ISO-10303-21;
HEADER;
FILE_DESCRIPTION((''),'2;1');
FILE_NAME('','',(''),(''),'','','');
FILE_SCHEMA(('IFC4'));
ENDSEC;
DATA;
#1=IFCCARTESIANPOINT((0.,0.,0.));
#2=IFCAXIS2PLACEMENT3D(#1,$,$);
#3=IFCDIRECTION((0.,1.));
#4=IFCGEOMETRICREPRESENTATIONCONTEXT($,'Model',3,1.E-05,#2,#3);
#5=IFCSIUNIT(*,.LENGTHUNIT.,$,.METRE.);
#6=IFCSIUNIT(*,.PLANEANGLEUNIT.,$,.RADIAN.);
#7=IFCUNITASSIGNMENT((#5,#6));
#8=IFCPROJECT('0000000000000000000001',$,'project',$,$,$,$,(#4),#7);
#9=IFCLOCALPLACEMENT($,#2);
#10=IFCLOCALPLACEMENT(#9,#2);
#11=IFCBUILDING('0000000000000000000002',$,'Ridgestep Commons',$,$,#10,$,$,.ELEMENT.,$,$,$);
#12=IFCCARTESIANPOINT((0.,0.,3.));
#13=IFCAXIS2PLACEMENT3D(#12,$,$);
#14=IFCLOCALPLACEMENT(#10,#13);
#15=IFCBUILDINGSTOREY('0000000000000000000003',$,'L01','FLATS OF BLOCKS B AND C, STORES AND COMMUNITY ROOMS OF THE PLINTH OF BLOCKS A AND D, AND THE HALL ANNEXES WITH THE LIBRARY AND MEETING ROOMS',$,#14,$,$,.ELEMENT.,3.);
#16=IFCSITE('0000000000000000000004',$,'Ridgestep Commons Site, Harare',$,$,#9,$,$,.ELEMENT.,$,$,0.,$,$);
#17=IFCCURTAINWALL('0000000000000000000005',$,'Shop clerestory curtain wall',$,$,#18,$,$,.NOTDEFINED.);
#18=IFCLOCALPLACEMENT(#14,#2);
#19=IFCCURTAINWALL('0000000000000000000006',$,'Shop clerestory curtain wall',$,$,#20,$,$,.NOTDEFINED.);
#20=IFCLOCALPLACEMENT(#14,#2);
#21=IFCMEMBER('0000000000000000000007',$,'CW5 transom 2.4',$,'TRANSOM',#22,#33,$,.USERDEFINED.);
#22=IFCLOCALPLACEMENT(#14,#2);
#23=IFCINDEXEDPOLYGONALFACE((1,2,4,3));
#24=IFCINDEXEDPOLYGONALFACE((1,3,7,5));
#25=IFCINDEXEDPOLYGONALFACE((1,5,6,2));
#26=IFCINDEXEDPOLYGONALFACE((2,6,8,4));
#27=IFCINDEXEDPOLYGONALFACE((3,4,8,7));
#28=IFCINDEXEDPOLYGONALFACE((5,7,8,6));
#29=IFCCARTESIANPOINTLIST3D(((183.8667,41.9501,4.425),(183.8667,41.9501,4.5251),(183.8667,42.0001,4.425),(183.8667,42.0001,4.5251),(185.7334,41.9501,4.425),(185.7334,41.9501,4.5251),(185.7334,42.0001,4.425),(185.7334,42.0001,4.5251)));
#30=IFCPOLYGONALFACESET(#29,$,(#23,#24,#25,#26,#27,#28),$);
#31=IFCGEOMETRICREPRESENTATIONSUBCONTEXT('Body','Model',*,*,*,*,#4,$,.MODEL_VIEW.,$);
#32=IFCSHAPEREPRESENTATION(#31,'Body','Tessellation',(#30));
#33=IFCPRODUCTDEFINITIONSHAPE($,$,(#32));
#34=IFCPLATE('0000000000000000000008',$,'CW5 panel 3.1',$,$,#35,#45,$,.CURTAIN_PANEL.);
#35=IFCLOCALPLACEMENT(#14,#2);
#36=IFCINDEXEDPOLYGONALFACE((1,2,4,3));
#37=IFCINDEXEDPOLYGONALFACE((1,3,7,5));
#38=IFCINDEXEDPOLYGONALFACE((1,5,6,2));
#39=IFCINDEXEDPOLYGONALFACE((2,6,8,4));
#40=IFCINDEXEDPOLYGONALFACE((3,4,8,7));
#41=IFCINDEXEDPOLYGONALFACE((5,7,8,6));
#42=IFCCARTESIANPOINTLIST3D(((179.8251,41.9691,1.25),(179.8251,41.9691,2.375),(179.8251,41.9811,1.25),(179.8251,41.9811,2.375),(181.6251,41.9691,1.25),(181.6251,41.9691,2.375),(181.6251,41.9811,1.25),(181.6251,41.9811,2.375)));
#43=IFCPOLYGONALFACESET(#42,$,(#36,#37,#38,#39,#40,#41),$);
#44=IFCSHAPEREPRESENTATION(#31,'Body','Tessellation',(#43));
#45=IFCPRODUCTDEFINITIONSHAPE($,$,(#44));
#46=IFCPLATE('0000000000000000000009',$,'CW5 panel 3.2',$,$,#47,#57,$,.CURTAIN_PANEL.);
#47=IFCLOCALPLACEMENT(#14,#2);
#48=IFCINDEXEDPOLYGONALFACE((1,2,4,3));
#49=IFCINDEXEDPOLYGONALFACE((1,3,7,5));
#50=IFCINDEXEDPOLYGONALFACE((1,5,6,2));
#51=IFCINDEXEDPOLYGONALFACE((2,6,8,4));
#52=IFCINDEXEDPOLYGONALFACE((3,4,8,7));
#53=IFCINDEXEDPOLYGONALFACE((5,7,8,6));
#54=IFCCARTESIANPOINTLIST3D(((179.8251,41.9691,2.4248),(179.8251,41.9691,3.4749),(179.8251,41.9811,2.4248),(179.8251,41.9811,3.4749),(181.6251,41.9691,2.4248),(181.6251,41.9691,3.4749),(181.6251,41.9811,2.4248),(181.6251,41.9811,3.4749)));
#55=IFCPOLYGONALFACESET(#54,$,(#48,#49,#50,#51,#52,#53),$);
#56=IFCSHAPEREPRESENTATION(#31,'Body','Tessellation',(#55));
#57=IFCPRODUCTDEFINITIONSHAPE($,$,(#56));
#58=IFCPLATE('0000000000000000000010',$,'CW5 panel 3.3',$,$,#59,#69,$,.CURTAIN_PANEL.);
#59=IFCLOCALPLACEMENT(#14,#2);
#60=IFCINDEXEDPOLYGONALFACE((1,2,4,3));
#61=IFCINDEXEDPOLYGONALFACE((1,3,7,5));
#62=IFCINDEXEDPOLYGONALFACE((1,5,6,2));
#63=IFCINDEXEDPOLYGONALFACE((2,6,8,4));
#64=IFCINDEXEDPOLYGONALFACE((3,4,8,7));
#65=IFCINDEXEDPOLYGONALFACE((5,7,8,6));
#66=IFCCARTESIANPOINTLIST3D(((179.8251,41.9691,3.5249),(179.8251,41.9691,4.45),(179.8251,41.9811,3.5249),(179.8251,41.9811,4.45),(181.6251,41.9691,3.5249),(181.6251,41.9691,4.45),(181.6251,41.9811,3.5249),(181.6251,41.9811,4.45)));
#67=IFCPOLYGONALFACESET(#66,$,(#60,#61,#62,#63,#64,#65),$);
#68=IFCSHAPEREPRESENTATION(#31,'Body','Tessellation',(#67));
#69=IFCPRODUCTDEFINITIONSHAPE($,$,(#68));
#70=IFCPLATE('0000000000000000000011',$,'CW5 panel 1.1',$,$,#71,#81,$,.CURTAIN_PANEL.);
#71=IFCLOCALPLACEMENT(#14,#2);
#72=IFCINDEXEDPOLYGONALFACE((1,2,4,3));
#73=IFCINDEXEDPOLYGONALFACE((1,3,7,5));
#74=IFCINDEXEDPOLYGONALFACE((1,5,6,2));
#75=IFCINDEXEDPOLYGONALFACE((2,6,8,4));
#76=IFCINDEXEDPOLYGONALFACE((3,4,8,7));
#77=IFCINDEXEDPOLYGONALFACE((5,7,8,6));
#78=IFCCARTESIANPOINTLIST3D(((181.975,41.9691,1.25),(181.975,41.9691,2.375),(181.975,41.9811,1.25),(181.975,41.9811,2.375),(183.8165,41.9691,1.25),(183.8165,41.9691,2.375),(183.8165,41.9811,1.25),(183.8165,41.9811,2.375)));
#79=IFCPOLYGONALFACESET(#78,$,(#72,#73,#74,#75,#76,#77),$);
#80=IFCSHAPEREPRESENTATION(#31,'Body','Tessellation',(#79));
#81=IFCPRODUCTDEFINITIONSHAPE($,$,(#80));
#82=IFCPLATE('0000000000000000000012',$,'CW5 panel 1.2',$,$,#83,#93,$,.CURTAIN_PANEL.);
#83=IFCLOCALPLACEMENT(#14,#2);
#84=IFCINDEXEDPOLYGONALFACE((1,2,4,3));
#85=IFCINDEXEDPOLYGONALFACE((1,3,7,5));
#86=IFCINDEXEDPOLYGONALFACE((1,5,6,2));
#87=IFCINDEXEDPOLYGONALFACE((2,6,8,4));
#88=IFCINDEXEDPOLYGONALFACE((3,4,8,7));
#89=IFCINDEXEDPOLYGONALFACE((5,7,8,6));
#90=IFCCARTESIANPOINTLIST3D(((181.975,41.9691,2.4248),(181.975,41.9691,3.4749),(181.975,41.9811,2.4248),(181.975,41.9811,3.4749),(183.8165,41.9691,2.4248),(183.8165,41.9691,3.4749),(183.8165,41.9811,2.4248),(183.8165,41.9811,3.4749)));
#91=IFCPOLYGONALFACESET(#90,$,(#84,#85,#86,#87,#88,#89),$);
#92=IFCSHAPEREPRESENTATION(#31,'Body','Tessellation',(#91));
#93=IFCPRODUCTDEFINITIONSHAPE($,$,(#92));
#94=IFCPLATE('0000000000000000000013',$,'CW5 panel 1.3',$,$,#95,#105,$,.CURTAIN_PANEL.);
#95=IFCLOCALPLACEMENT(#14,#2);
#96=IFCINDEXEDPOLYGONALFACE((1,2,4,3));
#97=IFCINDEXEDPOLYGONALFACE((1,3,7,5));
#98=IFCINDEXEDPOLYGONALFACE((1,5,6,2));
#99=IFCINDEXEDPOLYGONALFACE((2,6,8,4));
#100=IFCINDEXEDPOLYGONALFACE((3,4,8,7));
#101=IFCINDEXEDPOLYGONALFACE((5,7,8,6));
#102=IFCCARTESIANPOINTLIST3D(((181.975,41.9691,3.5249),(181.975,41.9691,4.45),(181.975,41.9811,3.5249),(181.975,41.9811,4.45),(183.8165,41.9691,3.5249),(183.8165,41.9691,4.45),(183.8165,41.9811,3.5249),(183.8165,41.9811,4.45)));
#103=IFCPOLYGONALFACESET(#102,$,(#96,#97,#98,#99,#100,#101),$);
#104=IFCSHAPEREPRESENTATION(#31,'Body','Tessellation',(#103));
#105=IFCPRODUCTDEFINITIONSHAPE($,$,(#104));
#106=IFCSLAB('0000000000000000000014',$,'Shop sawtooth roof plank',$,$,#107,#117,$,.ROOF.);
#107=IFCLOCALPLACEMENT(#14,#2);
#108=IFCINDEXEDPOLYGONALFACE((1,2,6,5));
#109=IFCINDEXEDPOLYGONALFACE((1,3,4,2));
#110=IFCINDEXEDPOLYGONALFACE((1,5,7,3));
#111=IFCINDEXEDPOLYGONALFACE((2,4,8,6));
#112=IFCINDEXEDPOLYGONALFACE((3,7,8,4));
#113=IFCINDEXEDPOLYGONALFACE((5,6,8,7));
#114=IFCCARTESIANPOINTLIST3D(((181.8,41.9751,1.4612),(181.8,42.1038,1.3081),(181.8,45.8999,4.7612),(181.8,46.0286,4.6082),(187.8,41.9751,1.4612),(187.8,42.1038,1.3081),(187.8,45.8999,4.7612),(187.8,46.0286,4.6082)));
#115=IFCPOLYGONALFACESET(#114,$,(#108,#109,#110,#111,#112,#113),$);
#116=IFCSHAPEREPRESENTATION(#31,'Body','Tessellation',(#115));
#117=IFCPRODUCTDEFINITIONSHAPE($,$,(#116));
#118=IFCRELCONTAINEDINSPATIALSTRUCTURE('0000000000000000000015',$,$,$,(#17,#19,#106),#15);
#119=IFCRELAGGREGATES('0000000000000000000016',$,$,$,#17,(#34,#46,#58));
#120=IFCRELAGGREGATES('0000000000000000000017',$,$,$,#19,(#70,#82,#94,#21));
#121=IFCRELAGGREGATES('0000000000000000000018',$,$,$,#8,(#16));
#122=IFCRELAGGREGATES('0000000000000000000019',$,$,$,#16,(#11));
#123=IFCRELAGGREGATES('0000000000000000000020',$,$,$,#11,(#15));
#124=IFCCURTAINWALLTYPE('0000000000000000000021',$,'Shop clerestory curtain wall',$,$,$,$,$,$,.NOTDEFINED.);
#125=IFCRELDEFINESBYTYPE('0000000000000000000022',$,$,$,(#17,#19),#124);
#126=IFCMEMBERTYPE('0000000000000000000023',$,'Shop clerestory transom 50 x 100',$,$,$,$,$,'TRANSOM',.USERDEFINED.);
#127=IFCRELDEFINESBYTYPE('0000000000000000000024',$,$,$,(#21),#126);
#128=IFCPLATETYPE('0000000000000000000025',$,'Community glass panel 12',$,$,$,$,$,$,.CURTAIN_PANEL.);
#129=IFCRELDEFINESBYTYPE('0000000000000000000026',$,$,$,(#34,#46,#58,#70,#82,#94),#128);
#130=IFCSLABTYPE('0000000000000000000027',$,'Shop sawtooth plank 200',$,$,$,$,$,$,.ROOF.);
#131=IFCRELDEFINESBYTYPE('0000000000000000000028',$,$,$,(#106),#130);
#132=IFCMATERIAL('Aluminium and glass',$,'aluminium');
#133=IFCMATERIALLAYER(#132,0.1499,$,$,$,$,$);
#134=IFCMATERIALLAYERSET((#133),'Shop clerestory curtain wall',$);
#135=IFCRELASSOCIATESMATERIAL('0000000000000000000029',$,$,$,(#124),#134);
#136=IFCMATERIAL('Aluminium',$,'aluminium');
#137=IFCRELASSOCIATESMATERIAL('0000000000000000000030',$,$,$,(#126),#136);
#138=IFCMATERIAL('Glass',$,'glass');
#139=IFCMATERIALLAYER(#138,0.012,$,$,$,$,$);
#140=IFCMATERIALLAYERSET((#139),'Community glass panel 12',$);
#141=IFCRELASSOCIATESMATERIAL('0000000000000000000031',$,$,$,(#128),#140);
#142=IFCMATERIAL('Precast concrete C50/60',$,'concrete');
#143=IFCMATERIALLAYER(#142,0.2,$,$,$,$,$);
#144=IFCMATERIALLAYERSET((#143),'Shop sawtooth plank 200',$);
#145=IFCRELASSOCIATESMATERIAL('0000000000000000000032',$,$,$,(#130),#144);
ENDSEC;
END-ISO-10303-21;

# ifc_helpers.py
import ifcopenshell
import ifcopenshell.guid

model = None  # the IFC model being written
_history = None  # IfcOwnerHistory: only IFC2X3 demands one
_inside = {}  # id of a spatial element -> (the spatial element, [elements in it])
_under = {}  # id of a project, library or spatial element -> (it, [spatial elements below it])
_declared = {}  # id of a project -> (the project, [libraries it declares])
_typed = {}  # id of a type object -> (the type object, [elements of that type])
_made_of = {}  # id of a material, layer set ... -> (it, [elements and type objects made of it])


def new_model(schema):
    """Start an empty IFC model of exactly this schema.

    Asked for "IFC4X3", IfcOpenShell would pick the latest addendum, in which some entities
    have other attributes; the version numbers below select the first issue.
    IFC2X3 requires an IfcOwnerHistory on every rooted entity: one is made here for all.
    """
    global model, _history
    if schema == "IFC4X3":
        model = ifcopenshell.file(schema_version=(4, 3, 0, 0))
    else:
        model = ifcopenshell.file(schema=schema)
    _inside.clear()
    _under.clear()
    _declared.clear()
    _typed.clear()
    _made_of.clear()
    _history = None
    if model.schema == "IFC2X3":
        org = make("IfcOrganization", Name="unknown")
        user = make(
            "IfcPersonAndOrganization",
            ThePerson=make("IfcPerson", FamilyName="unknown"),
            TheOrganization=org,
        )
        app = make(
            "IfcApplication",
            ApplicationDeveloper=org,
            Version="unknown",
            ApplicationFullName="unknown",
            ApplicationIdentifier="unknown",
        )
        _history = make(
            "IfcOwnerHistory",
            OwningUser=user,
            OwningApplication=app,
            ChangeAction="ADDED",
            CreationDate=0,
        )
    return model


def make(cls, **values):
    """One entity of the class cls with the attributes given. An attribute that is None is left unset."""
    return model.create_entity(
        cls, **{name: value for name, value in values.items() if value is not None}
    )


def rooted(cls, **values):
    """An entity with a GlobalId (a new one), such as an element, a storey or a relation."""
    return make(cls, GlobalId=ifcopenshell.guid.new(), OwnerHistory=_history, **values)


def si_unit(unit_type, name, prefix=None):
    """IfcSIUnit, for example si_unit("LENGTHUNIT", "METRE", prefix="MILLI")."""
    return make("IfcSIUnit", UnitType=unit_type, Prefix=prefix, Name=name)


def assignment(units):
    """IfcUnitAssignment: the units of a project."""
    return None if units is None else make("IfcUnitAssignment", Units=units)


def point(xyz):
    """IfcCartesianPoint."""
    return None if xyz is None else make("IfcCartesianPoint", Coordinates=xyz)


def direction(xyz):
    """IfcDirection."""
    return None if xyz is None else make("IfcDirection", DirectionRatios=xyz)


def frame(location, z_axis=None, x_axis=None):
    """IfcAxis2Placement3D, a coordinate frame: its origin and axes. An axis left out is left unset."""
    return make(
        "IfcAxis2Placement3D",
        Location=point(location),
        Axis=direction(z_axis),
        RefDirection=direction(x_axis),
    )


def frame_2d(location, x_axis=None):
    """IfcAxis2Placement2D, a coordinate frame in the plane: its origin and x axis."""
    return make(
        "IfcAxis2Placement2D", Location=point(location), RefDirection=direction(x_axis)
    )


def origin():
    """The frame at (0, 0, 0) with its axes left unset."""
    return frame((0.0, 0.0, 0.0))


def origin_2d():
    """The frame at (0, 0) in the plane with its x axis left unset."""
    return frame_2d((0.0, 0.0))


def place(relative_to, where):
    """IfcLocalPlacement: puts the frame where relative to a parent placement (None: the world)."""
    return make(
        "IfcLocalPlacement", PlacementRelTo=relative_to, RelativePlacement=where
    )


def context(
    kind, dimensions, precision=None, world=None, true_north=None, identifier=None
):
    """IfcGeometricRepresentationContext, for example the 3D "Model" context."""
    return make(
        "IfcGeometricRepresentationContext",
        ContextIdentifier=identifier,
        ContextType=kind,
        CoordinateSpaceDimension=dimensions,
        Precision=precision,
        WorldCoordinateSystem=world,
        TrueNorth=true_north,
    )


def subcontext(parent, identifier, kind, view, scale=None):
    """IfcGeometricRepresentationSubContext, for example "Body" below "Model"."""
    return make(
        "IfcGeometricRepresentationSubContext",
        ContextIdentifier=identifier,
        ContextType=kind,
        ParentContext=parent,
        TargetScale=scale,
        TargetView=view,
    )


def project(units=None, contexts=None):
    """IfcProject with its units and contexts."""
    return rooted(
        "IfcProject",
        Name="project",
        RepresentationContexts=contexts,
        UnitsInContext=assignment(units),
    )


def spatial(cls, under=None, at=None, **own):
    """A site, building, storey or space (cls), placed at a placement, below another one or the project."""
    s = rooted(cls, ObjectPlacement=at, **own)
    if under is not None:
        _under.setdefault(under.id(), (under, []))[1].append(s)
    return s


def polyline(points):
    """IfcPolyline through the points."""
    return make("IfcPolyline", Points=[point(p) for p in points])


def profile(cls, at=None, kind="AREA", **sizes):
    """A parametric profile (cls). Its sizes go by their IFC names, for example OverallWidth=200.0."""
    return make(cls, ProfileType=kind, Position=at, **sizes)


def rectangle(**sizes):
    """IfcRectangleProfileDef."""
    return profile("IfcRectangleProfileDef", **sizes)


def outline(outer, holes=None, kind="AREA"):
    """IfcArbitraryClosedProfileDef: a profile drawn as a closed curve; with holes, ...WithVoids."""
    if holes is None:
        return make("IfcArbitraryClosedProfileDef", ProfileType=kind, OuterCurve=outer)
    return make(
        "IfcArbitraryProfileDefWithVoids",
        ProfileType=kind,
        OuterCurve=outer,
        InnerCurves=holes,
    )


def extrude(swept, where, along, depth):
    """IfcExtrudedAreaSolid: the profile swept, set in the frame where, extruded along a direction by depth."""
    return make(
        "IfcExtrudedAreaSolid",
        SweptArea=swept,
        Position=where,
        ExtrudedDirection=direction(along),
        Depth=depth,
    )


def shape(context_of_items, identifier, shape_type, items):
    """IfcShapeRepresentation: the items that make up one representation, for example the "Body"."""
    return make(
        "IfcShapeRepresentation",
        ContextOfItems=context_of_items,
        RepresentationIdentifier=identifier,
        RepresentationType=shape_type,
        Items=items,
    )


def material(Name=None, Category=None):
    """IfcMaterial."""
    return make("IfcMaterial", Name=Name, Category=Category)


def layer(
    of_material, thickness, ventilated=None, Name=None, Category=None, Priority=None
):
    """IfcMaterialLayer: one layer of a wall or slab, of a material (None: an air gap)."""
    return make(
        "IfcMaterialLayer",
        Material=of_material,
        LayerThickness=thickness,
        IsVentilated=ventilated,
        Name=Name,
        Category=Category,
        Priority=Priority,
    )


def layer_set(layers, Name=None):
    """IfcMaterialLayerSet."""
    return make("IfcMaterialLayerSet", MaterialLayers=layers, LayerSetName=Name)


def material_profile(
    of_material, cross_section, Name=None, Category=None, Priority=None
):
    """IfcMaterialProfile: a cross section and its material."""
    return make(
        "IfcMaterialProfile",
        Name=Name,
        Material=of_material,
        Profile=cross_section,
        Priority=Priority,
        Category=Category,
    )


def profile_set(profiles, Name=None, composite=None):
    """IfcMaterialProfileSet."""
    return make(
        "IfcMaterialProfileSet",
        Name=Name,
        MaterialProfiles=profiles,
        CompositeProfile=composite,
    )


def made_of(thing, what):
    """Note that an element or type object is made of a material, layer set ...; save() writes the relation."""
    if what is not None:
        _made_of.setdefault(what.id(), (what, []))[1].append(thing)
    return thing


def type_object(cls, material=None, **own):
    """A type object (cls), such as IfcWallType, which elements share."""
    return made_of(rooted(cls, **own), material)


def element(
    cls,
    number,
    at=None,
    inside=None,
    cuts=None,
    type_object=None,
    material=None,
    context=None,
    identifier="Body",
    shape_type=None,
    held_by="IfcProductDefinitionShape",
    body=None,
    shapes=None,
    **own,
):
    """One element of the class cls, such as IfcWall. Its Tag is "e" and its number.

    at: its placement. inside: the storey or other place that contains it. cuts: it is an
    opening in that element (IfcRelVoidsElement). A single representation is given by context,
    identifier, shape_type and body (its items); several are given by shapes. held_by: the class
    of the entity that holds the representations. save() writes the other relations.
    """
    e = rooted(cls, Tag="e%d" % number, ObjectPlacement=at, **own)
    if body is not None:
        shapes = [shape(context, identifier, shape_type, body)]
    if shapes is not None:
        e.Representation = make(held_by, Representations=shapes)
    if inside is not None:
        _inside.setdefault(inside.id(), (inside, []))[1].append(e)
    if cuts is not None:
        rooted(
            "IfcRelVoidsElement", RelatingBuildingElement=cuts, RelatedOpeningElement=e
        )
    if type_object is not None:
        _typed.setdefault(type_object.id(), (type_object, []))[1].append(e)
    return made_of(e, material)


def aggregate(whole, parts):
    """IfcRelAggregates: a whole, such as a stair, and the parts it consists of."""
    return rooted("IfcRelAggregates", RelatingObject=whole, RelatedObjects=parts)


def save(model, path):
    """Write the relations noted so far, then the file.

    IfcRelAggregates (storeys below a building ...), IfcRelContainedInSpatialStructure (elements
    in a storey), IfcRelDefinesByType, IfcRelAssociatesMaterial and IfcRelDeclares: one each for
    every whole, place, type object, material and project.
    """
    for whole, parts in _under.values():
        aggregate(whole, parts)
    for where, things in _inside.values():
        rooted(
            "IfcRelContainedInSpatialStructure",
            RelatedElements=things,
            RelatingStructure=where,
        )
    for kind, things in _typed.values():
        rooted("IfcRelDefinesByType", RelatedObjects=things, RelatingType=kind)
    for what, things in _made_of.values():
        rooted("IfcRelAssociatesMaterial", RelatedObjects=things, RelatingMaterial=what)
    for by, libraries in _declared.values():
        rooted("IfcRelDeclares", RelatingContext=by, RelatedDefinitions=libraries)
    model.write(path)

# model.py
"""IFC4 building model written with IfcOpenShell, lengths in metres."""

from ifc_helpers import new_model, si_unit, direction, frame, origin, origin_2d, place, context, subcontext, project, spatial, polyline, rectangle, outline, extrude, material, layer, layer_set, material_profile, profile_set, type_object, element, aggregate, save


model = new_model("IFC4")

# Units and contexts
model_context = context("Model", 3, precision=1e-05, world=origin(), true_north=direction((0.0, 1.0)))
body_context = subcontext(model_context, "Body", "Model", "MODEL_VIEW")
ifc_project = project(units=[si_unit("LENGTHUNIT", "METRE"), si_unit("PLANEANGLEUNIT", "RADIAN")], contexts=[model_context])

# Site, building, storey
site_placement = place(None, origin())
site = spatial("IfcSite", under=ifc_project, at=site_placement, Name="Ridgestep Commons Site, Harare", CompositionType="ELEMENT", RefElevation=0.0)
building_placement = place(site_placement, origin())
building = spatial("IfcBuilding", under=site, at=building_placement, Name="Ridgestep Commons", CompositionType="ELEMENT")
storey_placement = place(building_placement, frame((0.0, 0.0, 3.0)))
storey = spatial("IfcBuildingStorey", under=building, at=storey_placement, Name="L01", Description="FLATS OF BLOCKS B AND C, STORES AND COMMUNITY ROOMS OF THE PLINTH OF BLOCKS A AND D, AND THE HALL ANNEXES WITH THE LIBRARY AND MEETING ROOMS", CompositionType="ELEMENT", Elevation=3.0)

# Curtain wall
ifc_material_1 = material(Name="Aluminium and glass", Category="aluminium")
ifc_layer_1 = layer(ifc_material_1, 0.1499)
ifc_layer_set_1 = layer_set([ifc_layer_1], Name="Shop clerestory curtain wall")
curtain_wall_type = type_object("IfcCurtainWallType", Name="Shop clerestory curtain wall", PredefinedType="NOTDEFINED", material=ifc_layer_set_1)
curtain_wall_1_placement = place(storey_placement, origin())
curtain_wall_1 = element("IfcCurtainWall", 1, at=curtain_wall_1_placement, inside=storey, type_object=curtain_wall_type, Name="Shop clerestory curtain wall", PredefinedType="NOTDEFINED")

# Curtain wall
curtain_wall_2_placement = place(storey_placement, origin())
curtain_wall_2 = element("IfcCurtainWall", 2, at=curtain_wall_2_placement, inside=storey, type_object=curtain_wall_type, Name="Shop clerestory curtain wall", PredefinedType="NOTDEFINED")

# Shared definitions
ifc_material_2 = material(Name="Aluminium", Category="aluminium")
ifc_material_profile_1 = material_profile(ifc_material_2, rectangle(XDim=0.05, YDim=0.1001, at=origin_2d()), Name="Shop clerestory transom 50 x 100")
ifc_profile_set_1 = profile_set([ifc_material_profile_1], Name="Aluminium")
member_type_1 = type_object("IfcMemberType", Name="Shop clerestory transom 50 x 100", ElementType="TRANSOM", PredefinedType="USERDEFINED", material=ifc_profile_set_1)

# Member
member_1_placement = place(storey_placement, frame((183.8667, 41.9751, 4.4751), z_axis=(1.0, 0.0, 0.0), x_axis=(0.0, 1.0, 0.0)))
member_1 = element("IfcMember", 3, at=member_1_placement, type_object=member_type_1, Name="CW5 transom 2.4", ObjectType="TRANSOM", PredefinedType="USERDEFINED", context=body_context, shape_type="SweptSolid", body=[
    extrude(rectangle(XDim=0.05, YDim=0.1001, at=origin_2d()), origin(), (0.0, 0.0, 1.0), 1.8667),
])

# Plates
ifc_material_3 = material(Name="Glass", Category="glass")
ifc_layer_2 = layer(ifc_material_3, 0.012)
ifc_layer_set_2 = layer_set([ifc_layer_2], Name="Community glass panel 12")
plate_type = type_object("IfcPlateType", Name="Community glass panel 12", PredefinedType="CURTAIN_PANEL", material=ifc_layer_set_2)
plate_1_placement = place(storey_placement, frame((180.7251, 41.9751, 1.25), z_axis=(0.0, 0.0, 1.0), x_axis=(1.0, 0.0, 0.0)))
plate_1 = element("IfcPlate", 4, at=plate_1_placement, type_object=plate_type, Name="CW5 panel 3.1", PredefinedType="CURTAIN_PANEL", context=body_context, shape_type="SweptSolid", body=[
    extrude(rectangle(XDim=1.8, YDim=0.012, at=origin_2d()), origin(), (0.0, 0.0, 1.0), 1.125),
])
plate_2_placement = place(storey_placement, frame((180.7251, 41.9751, 2.4248), z_axis=(0.0, 0.0, 1.0), x_axis=(1.0, 0.0, 0.0)))
plate_2 = element("IfcPlate", 5, at=plate_2_placement, type_object=plate_type, Name="CW5 panel 3.2", PredefinedType="CURTAIN_PANEL", context=body_context, shape_type="SweptSolid", body=[
    extrude(rectangle(XDim=1.8, YDim=0.012, at=origin_2d()), origin(), (0.0, 0.0, 1.0), 1.05),
])
plate_3_placement = place(storey_placement, frame((180.7251, 41.9751, 3.5249), z_axis=(0.0, 0.0, 1.0), x_axis=(1.0, 0.0, 0.0)))
plate_3 = element("IfcPlate", 6, at=plate_3_placement, type_object=plate_type, Name="CW5 panel 3.3", PredefinedType="CURTAIN_PANEL", context=body_context, shape_type="SweptSolid", body=[
    extrude(rectangle(XDim=1.8, YDim=0.012, at=origin_2d()), origin(), (0.0, 0.0, 1.0), 0.925),
])
aggregate(curtain_wall_1, [plate_1, plate_2, plate_3])
plate_4_placement = place(storey_placement, frame((182.8958, 41.9751, 1.25), z_axis=(0.0, 0.0, 1.0), x_axis=(1.0, 0.0, 0.0)))
plate_4 = element("IfcPlate", 7, at=plate_4_placement, type_object=plate_type, Name="CW5 panel 1.1", PredefinedType="CURTAIN_PANEL", context=body_context, shape_type="SweptSolid", body=[
    extrude(rectangle(XDim=1.8416, YDim=0.012, at=origin_2d()), origin(), (0.0, 0.0, 1.0), 1.125),
])
plate_5_placement = place(storey_placement, frame((182.8958, 41.9751, 2.4248), z_axis=(0.0, 0.0, 1.0), x_axis=(1.0, 0.0, 0.0)))
plate_5 = element("IfcPlate", 8, at=plate_5_placement, type_object=plate_type, Name="CW5 panel 1.2", PredefinedType="CURTAIN_PANEL", context=body_context, shape_type="SweptSolid", body=[
    extrude(rectangle(XDim=1.8416, YDim=0.012, at=origin_2d()), origin(), (0.0, 0.0, 1.0), 1.05),
])
plate_6_placement = place(storey_placement, frame((182.8958, 41.9751, 3.5249), z_axis=(0.0, 0.0, 1.0), x_axis=(1.0, 0.0, 0.0)))
plate_6 = element("IfcPlate", 9, at=plate_6_placement, type_object=plate_type, Name="CW5 panel 1.3", PredefinedType="CURTAIN_PANEL", context=body_context, shape_type="SweptSolid", body=[
    extrude(rectangle(XDim=1.8416, YDim=0.012, at=origin_2d()), origin(), (0.0, 0.0, 1.0), 0.925),
])
aggregate(curtain_wall_2, [plate_4, plate_5, plate_6, member_1])

# Slab
ifc_material_4 = material(Name="Precast concrete C50/60", Category="concrete")
ifc_layer_3 = layer(ifc_material_4, 0.2)
ifc_layer_set_3 = layer_set([ifc_layer_3], Name="Shop sawtooth plank 200")
slab_type = type_object("IfcSlabType", Name="Shop sawtooth plank 200", PredefinedType="ROOF", material=ifc_layer_set_3)
slab_placement = place(storey_placement, frame((181.8, 41.9751, 1.4612), z_axis=(0.0, -0.643559, 0.765396), x_axis=(1.0, 0.0, 0.0)))
element("IfcSlab", 10, at=slab_placement, inside=storey, type_object=slab_type, Name="Shop sawtooth roof plank", PredefinedType="ROOF", context=body_context, shape_type="SweptSolid", body=[
    extrude(outline(polyline([(0.0, 0.0), (6.0, 0.0), (6.0, 5.1278), (0.0, 5.1278), (0.0, 0.0)])), origin(), (0.0, 0.0, -1.0), 0.2),
])

save(model, "model.ifc")
